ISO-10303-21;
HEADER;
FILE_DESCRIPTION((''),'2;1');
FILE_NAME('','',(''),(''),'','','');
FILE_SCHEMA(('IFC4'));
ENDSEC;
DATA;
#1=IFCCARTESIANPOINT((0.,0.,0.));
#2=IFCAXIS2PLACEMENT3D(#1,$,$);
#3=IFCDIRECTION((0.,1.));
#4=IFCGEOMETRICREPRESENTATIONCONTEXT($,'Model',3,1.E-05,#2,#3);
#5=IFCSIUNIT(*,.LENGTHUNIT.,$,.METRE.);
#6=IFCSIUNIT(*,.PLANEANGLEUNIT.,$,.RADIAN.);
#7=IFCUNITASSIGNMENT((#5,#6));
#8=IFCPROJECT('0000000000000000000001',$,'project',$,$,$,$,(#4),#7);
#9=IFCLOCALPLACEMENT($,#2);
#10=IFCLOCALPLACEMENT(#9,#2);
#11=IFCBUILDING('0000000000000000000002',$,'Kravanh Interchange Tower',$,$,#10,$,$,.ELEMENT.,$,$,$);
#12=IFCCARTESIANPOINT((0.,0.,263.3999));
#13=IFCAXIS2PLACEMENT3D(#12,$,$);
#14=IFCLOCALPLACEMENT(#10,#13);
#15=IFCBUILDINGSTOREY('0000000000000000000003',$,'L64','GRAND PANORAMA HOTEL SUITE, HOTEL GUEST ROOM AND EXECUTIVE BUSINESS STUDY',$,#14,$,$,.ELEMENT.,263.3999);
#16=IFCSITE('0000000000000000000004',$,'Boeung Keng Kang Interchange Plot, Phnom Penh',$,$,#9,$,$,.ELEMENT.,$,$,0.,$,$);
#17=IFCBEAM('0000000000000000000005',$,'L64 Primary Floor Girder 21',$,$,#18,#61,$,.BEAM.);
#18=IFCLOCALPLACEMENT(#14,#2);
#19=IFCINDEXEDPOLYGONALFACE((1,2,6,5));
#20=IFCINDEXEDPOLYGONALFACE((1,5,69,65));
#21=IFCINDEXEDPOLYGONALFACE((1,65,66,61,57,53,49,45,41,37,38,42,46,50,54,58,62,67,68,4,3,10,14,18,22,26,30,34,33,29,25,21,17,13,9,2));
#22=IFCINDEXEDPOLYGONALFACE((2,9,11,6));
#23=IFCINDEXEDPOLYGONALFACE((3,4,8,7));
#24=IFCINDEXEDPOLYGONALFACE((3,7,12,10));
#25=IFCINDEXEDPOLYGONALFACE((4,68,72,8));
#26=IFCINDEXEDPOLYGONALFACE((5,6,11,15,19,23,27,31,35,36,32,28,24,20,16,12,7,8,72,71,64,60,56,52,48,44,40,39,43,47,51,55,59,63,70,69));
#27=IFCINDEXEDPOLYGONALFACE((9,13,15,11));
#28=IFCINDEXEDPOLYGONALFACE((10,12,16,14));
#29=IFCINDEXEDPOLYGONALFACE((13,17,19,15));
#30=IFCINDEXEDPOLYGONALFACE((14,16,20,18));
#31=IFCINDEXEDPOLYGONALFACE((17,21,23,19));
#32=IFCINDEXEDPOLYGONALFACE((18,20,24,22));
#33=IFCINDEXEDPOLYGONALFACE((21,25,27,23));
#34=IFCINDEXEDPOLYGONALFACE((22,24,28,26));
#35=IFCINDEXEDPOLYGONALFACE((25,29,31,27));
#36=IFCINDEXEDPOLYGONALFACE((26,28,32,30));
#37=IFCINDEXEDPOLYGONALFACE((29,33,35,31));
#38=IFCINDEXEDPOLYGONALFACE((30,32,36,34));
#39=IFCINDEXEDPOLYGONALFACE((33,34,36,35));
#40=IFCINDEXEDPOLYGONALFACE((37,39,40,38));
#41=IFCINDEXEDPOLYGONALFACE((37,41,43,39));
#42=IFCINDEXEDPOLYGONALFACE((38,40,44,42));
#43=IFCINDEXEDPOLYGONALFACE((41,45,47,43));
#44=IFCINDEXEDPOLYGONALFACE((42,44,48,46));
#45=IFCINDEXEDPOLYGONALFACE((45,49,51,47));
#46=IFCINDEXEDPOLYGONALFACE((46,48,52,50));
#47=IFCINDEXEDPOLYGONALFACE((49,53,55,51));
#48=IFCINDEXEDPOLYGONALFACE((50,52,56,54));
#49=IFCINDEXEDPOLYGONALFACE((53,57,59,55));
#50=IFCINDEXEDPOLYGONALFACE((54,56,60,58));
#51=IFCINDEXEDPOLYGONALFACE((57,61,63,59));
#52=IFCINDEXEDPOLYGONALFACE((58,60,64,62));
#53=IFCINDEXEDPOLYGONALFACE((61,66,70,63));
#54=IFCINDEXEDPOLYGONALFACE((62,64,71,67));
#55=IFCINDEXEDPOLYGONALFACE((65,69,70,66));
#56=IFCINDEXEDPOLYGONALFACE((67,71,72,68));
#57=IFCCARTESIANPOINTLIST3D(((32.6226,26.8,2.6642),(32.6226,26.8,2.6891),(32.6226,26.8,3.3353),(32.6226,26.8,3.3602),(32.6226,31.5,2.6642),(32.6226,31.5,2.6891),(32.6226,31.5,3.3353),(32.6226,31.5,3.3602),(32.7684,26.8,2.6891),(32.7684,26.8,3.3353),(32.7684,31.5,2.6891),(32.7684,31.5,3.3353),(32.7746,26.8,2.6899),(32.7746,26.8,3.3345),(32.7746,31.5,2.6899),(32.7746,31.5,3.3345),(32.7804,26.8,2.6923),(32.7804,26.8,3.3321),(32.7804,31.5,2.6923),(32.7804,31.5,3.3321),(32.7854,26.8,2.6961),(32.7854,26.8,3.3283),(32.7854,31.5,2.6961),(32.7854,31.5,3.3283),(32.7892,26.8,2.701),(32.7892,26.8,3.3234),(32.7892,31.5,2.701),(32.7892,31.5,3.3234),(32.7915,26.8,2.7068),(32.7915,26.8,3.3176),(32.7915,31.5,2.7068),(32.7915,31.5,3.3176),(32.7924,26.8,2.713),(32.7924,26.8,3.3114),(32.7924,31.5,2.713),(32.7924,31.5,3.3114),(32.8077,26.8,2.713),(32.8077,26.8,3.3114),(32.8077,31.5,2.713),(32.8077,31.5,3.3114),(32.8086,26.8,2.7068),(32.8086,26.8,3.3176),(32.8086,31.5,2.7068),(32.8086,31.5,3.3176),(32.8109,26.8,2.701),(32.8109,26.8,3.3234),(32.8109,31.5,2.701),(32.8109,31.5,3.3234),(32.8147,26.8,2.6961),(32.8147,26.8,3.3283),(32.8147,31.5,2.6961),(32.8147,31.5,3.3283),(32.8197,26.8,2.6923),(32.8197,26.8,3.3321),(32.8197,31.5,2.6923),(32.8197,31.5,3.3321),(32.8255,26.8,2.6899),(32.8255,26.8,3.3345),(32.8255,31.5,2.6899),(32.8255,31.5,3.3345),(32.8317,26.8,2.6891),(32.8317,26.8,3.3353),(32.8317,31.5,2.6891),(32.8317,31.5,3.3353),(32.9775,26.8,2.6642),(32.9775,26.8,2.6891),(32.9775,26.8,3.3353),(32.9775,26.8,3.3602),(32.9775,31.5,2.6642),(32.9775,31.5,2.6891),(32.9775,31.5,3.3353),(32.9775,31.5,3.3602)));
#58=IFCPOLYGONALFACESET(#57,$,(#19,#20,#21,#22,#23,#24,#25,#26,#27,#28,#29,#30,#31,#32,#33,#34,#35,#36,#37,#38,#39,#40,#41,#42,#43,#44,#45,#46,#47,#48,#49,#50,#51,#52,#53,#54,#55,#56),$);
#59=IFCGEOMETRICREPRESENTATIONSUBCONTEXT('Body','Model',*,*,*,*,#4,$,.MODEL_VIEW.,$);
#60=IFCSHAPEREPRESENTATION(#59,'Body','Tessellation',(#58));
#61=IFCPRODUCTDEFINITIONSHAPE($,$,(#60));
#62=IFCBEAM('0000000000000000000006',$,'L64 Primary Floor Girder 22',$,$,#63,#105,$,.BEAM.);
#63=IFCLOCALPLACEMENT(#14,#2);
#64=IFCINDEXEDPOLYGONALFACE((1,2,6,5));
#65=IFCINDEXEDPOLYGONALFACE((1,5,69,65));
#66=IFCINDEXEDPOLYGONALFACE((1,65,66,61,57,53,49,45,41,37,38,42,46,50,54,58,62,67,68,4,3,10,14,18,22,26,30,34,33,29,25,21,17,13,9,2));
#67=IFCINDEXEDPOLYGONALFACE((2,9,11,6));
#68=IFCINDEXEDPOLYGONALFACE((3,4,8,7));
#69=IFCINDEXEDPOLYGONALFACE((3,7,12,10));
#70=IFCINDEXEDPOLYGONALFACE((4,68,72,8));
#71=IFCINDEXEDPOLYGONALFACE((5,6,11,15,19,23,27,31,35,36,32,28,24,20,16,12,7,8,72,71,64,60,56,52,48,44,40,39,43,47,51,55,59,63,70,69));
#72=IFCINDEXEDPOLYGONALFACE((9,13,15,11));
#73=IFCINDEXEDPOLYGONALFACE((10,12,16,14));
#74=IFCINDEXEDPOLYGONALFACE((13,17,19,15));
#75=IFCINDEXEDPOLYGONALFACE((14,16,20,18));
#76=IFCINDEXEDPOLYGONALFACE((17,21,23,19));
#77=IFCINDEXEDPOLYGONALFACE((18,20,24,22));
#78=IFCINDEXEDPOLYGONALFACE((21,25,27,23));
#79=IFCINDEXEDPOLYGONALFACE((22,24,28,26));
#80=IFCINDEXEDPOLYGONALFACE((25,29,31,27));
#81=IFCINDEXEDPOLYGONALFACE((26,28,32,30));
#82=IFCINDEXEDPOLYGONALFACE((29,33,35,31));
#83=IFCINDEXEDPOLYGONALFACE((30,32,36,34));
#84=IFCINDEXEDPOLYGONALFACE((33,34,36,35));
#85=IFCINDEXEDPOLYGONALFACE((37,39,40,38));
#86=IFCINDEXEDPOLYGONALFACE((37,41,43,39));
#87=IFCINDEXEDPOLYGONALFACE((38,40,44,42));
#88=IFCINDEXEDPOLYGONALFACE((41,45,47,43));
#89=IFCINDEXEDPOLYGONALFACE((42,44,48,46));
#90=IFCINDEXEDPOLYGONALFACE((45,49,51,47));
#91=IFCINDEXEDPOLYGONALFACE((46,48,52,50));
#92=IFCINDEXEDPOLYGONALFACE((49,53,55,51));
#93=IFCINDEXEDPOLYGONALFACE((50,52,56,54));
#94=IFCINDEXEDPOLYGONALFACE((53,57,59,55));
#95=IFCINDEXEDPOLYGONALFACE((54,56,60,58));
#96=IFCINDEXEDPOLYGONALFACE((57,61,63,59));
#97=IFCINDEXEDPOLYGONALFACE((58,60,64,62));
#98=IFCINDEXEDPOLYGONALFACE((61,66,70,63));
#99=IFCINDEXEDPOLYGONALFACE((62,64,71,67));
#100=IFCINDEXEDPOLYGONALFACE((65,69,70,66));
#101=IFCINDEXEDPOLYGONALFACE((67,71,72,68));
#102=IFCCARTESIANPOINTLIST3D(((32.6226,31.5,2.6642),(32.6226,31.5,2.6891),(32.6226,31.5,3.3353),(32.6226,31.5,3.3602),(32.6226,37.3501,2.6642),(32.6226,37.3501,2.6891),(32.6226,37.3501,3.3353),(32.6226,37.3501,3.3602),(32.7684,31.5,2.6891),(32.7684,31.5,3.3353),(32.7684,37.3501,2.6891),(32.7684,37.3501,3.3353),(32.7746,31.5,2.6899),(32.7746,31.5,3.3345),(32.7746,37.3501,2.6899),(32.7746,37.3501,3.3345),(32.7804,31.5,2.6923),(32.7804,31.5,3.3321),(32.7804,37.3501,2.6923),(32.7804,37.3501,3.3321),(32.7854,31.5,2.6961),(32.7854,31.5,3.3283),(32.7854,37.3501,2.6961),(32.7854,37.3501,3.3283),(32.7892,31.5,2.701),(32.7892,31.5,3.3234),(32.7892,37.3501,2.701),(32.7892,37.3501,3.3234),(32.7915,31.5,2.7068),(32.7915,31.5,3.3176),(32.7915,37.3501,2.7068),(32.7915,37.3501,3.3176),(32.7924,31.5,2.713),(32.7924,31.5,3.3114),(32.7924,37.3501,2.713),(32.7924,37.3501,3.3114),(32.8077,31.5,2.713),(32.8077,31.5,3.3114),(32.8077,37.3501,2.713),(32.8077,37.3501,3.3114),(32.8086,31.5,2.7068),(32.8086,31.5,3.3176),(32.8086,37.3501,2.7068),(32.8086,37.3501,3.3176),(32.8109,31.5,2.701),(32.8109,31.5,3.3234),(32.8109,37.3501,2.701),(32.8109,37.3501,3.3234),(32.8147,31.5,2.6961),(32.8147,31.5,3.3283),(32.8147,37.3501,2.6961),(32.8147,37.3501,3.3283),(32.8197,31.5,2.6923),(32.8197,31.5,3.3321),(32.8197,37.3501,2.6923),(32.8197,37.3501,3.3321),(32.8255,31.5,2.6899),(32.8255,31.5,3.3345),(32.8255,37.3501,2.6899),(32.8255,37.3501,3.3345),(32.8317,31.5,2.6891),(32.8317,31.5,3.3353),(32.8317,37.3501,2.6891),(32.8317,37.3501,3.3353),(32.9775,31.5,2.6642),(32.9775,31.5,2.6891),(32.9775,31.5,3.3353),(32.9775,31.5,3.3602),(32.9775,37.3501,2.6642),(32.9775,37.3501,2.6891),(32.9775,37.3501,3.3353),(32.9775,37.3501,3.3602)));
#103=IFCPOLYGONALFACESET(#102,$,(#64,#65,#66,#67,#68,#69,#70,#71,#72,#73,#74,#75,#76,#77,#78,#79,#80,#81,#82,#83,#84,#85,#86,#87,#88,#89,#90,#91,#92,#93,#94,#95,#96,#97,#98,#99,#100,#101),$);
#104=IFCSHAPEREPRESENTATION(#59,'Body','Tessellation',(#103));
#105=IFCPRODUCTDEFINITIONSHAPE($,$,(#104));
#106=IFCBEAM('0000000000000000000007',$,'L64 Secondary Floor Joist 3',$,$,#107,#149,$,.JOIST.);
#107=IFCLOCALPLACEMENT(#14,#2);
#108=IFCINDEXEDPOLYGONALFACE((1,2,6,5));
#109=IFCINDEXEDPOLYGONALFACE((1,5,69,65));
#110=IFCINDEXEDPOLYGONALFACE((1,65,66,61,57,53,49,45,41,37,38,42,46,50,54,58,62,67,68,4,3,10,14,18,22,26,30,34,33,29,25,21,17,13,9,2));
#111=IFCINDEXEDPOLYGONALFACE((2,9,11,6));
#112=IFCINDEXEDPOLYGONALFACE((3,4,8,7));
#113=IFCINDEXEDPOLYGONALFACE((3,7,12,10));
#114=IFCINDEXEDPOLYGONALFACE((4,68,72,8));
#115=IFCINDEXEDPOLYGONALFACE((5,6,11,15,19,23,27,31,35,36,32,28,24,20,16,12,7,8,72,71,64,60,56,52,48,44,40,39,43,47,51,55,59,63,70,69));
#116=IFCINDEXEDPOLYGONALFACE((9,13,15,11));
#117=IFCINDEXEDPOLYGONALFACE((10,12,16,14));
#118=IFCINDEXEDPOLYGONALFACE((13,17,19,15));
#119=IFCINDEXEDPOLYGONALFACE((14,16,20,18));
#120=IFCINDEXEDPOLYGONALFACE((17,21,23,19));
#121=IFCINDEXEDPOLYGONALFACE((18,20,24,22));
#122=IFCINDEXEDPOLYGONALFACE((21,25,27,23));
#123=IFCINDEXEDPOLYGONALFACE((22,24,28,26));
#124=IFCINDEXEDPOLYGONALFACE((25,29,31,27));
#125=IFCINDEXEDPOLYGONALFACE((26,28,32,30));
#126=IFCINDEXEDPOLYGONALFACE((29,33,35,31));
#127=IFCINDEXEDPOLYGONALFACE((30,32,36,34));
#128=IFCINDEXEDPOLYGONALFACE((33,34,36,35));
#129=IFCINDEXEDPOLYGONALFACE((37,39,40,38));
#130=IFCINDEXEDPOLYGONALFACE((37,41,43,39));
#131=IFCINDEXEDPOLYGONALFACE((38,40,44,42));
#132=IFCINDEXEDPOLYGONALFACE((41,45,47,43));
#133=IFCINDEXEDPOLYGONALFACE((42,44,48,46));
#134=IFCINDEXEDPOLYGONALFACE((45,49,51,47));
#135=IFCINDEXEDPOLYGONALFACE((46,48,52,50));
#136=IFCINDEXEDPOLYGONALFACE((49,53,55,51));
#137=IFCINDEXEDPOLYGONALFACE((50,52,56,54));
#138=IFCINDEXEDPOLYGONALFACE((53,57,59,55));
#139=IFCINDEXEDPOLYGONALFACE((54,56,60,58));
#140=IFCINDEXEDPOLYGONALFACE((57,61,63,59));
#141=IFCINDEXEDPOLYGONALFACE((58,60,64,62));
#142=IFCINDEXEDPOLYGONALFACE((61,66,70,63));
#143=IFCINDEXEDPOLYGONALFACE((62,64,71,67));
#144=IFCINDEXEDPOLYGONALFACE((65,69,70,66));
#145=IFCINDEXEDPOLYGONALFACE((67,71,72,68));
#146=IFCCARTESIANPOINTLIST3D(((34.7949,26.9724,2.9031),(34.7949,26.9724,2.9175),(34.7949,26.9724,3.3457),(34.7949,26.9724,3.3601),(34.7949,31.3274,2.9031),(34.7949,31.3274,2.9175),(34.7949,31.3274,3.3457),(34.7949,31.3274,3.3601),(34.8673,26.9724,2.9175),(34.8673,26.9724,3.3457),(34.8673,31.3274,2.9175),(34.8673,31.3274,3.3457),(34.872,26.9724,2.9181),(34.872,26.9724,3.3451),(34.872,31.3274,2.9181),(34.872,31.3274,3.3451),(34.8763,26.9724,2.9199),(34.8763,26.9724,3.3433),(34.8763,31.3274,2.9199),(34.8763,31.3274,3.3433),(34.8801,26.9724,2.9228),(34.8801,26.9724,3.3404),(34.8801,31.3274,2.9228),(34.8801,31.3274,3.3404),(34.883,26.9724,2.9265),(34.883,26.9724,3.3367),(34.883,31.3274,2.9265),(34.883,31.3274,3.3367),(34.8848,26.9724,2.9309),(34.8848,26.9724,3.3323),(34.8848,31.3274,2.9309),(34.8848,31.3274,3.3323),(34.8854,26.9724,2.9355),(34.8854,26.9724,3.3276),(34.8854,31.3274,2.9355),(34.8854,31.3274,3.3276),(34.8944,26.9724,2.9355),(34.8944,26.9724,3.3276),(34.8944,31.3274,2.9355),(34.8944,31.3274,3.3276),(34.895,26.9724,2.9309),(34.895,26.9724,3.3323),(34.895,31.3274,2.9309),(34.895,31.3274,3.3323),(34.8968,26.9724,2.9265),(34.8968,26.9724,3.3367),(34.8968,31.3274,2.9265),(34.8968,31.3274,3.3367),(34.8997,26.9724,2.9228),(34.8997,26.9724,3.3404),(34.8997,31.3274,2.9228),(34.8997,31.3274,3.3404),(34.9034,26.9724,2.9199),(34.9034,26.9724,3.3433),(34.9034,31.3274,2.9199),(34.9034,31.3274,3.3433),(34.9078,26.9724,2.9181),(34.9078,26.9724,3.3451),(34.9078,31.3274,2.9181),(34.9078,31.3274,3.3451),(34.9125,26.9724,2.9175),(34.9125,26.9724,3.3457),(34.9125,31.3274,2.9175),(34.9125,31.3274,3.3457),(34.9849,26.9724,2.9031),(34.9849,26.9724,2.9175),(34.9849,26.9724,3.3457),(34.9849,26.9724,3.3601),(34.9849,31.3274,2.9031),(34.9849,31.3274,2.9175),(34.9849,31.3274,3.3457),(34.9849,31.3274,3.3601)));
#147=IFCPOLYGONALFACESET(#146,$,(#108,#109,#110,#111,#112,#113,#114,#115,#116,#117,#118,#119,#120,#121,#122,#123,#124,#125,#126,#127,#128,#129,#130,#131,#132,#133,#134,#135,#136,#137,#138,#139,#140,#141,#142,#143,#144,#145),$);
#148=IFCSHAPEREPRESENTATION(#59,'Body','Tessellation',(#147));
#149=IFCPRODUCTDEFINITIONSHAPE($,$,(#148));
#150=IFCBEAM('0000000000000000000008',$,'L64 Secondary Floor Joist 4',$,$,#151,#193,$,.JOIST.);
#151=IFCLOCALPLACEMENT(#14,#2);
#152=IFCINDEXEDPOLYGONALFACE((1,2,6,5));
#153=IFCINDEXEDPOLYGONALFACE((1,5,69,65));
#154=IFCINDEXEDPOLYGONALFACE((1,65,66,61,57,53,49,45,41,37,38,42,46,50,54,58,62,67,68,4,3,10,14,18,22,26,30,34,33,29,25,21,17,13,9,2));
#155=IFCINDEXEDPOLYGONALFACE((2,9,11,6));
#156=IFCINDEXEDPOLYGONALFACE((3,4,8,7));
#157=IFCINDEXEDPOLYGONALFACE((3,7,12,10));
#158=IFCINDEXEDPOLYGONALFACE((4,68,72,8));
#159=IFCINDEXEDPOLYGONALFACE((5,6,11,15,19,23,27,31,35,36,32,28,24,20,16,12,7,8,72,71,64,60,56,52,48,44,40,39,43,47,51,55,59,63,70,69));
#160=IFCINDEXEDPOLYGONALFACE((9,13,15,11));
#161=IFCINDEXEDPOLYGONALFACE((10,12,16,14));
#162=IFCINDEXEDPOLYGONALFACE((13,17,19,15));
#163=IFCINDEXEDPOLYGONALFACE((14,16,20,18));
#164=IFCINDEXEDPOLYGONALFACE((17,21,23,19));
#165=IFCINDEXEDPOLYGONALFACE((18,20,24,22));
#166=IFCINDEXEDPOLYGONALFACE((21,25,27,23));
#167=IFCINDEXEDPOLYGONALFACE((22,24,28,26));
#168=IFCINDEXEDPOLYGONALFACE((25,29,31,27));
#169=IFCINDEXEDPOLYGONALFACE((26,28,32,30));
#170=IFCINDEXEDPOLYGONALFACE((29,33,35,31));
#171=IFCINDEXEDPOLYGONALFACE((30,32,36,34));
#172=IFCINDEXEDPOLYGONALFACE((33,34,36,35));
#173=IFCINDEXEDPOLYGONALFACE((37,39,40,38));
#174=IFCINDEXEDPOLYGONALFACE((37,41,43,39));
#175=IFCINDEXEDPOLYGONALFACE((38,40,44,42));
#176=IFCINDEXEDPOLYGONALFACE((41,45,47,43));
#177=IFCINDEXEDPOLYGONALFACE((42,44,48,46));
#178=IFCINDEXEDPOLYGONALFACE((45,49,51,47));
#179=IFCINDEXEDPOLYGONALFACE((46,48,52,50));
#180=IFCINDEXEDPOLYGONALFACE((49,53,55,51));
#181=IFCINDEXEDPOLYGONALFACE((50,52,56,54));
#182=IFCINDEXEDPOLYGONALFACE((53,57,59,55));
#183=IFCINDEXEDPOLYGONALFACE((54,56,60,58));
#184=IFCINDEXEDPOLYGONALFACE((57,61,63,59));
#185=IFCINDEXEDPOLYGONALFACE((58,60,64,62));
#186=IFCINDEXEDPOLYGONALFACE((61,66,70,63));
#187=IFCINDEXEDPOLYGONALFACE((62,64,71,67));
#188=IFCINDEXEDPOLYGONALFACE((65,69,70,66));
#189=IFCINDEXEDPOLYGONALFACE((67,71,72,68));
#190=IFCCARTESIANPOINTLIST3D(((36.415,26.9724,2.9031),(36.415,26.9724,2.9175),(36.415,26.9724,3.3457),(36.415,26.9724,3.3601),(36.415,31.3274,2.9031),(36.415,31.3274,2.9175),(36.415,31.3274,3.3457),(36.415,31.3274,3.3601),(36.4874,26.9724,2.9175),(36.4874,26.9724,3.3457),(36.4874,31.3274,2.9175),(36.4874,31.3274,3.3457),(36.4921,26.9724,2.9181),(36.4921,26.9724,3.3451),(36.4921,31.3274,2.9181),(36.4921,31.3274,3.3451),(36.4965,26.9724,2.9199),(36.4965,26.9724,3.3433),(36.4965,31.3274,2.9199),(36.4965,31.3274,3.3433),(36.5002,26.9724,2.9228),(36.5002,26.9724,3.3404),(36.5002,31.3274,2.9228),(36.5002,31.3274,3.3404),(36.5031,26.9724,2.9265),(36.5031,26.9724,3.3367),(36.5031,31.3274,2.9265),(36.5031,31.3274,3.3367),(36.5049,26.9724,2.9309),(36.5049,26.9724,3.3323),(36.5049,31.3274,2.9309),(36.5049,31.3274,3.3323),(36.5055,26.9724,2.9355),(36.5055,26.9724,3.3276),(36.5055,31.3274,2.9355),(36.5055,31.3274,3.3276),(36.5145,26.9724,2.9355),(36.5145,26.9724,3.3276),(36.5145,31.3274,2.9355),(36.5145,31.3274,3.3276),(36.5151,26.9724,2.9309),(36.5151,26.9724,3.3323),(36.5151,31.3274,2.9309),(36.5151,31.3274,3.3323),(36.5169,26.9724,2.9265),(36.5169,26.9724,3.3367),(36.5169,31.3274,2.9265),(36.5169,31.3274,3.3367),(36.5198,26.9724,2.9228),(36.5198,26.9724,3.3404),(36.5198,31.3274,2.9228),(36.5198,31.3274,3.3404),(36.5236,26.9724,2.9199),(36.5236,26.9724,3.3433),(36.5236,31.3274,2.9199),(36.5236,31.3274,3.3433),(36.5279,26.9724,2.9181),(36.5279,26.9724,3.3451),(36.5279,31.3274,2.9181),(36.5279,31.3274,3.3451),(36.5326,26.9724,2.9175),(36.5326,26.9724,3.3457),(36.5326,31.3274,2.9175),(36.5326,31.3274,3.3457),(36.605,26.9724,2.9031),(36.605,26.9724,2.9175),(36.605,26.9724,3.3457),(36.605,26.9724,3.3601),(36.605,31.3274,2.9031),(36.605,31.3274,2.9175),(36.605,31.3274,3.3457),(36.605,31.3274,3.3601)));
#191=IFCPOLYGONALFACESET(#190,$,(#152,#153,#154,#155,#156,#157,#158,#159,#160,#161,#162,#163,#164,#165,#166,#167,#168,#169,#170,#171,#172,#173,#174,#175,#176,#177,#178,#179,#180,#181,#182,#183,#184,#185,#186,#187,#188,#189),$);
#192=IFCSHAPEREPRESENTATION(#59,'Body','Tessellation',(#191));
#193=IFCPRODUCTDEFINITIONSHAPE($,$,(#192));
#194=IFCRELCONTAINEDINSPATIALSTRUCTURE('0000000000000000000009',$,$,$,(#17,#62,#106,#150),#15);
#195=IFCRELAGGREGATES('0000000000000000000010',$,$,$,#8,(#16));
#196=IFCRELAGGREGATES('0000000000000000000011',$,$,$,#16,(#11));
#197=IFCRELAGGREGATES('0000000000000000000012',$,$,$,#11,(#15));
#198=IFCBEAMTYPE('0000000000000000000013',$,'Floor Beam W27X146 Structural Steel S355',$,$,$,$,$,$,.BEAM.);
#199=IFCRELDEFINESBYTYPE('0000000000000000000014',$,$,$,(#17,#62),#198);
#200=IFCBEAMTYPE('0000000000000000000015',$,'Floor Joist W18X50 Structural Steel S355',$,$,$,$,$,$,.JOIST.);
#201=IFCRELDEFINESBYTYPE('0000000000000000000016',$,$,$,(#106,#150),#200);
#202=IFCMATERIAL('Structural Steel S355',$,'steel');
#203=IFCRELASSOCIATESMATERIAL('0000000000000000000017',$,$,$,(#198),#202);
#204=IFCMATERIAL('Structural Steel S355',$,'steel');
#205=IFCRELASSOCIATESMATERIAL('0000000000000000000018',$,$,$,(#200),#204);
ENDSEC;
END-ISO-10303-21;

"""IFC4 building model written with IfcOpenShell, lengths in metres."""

from ifc_helpers import new_model, si_unit, direction, frame, origin, origin_2d, place, context, subcontext, project, spatial, i_section, extrude, material, material_profile, profile_set, type_object, element, save


model = new_model("IFC4")

# Units and contexts
model_context = context("Model", 3, precision=1e-05, world=origin(), true_north=direction((0.0, 1.0)))
body_context = subcontext(model_context, "Body", "Model", "MODEL_VIEW")
ifc_project = project(units=[si_unit("LENGTHUNIT", "METRE"), si_unit("PLANEANGLEUNIT", "RADIAN")], contexts=[model_context])

# Site, building, storey
site_placement = place(None, origin())
site = spatial("IfcSite", under=ifc_project, at=site_placement, Name="Boeung Keng Kang Interchange Plot, Phnom Penh", CompositionType="ELEMENT", RefElevation=0.0)
building_placement = place(site_placement, origin())
building = spatial("IfcBuilding", under=site, at=building_placement, Name="Kravanh Interchange Tower", CompositionType="ELEMENT")
storey_placement = place(building_placement, frame((0.0, 0.0, 263.3999)))
storey = spatial("IfcBuildingStorey", under=building, at=storey_placement, Name="L64", Description="GRAND PANORAMA HOTEL SUITE, HOTEL GUEST ROOM AND EXECUTIVE BUSINESS STUDY", CompositionType="ELEMENT", Elevation=263.3999)

# Beams
ifc_material_1 = material(Name="Structural Steel S355", Category="steel")
ifc_material_profile_1 = material_profile(ifc_material_1, i_section(OverallWidth=0.355, OverallDepth=0.696, WebThickness=0.0154, FlangeThickness=0.0249, FilletRadius=0.0239, at=origin_2d()), Name="W27X146")
ifc_profile_set_1 = profile_set([ifc_material_profile_1], Name="Structural Steel S355")
beam_type_1 = type_object("IfcBeamType", Name="Floor Beam W27X146 Structural Steel S355", PredefinedType="BEAM", material=ifc_profile_set_1)
beam_1_placement = place(storey_placement, frame((32.8, 31.5, 3.0122), z_axis=(0.0, -1.0, 0.0), x_axis=(1.0, 0.0, 0.0)))
element("IfcBeam", 1, at=beam_1_placement, inside=storey, type_object=beam_type_1, Name="L64 Primary Floor Girder 21", PredefinedType="BEAM", context=body_context, shape_type="SweptSolid", body=[
    extrude(i_section(OverallWidth=0.355, OverallDepth=0.696, WebThickness=0.0154, FlangeThickness=0.0249, FilletRadius=0.0239, at=origin_2d()), origin(), (0.0, 0.0, 1.0), 4.7),
])
beam_2_placement = place(storey_placement, frame((32.8, 31.5, 3.0122), z_axis=(0.0, 1.0, 0.0), x_axis=(-1.0, 0.0, 0.0)))
element("IfcBeam", 2, at=beam_2_placement, inside=storey, type_object=beam_type_1, Name="L64 Primary Floor Girder 22", PredefinedType="BEAM", context=body_context, shape_type="SweptSolid", body=[
    extrude(i_section(OverallWidth=0.355, OverallDepth=0.696, WebThickness=0.0154, FlangeThickness=0.0249, FilletRadius=0.0239, at=origin_2d()), origin(), (0.0, 0.0, 1.0), 5.8501),
])
ifc_material_2 = material(Name="Structural Steel S355", Category="steel")
ifc_material_profile_2 = material_profile(ifc_material_2, i_section(OverallWidth=0.1899, OverallDepth=0.457, WebThickness=0.009, FlangeThickness=0.0144, FilletRadius=0.0181, at=origin_2d()), Name="W18X50")
ifc_profile_set_2 = profile_set([ifc_material_profile_2], Name="Structural Steel S355")
beam_type_2 = type_object("IfcBeamType", Name="Floor Joist W18X50 Structural Steel S355", PredefinedType="JOIST", material=ifc_profile_set_2)
for number, where, z_axis, x_axis, name in (
    (3, (34.8899, 26.9724, 3.1316), (0.0, 1.0, 0.0), (-1.0, 0.0, 0.0), "L64 Secondary Floor Joist 3"),
    (4, (36.51, 26.9724, 3.1316), (0.0, 1.0, 0.0), (-1.0, 0.0, 0.0), "L64 Secondary Floor Joist 4"),
):
    element("IfcBeam", number, at=place(storey_placement, frame(where, z_axis=z_axis, x_axis=x_axis)), inside=storey, type_object=beam_type_2, Name=name, PredefinedType="JOIST", context=body_context, shape_type="SweptSolid", body=[
        extrude(i_section(OverallWidth=0.1899, OverallDepth=0.457, WebThickness=0.009, FlangeThickness=0.0144, FilletRadius=0.0181, at=origin_2d()), origin(), (0.0, 0.0, 1.0), 4.355),
    ])

save(model, "model.ifc")
